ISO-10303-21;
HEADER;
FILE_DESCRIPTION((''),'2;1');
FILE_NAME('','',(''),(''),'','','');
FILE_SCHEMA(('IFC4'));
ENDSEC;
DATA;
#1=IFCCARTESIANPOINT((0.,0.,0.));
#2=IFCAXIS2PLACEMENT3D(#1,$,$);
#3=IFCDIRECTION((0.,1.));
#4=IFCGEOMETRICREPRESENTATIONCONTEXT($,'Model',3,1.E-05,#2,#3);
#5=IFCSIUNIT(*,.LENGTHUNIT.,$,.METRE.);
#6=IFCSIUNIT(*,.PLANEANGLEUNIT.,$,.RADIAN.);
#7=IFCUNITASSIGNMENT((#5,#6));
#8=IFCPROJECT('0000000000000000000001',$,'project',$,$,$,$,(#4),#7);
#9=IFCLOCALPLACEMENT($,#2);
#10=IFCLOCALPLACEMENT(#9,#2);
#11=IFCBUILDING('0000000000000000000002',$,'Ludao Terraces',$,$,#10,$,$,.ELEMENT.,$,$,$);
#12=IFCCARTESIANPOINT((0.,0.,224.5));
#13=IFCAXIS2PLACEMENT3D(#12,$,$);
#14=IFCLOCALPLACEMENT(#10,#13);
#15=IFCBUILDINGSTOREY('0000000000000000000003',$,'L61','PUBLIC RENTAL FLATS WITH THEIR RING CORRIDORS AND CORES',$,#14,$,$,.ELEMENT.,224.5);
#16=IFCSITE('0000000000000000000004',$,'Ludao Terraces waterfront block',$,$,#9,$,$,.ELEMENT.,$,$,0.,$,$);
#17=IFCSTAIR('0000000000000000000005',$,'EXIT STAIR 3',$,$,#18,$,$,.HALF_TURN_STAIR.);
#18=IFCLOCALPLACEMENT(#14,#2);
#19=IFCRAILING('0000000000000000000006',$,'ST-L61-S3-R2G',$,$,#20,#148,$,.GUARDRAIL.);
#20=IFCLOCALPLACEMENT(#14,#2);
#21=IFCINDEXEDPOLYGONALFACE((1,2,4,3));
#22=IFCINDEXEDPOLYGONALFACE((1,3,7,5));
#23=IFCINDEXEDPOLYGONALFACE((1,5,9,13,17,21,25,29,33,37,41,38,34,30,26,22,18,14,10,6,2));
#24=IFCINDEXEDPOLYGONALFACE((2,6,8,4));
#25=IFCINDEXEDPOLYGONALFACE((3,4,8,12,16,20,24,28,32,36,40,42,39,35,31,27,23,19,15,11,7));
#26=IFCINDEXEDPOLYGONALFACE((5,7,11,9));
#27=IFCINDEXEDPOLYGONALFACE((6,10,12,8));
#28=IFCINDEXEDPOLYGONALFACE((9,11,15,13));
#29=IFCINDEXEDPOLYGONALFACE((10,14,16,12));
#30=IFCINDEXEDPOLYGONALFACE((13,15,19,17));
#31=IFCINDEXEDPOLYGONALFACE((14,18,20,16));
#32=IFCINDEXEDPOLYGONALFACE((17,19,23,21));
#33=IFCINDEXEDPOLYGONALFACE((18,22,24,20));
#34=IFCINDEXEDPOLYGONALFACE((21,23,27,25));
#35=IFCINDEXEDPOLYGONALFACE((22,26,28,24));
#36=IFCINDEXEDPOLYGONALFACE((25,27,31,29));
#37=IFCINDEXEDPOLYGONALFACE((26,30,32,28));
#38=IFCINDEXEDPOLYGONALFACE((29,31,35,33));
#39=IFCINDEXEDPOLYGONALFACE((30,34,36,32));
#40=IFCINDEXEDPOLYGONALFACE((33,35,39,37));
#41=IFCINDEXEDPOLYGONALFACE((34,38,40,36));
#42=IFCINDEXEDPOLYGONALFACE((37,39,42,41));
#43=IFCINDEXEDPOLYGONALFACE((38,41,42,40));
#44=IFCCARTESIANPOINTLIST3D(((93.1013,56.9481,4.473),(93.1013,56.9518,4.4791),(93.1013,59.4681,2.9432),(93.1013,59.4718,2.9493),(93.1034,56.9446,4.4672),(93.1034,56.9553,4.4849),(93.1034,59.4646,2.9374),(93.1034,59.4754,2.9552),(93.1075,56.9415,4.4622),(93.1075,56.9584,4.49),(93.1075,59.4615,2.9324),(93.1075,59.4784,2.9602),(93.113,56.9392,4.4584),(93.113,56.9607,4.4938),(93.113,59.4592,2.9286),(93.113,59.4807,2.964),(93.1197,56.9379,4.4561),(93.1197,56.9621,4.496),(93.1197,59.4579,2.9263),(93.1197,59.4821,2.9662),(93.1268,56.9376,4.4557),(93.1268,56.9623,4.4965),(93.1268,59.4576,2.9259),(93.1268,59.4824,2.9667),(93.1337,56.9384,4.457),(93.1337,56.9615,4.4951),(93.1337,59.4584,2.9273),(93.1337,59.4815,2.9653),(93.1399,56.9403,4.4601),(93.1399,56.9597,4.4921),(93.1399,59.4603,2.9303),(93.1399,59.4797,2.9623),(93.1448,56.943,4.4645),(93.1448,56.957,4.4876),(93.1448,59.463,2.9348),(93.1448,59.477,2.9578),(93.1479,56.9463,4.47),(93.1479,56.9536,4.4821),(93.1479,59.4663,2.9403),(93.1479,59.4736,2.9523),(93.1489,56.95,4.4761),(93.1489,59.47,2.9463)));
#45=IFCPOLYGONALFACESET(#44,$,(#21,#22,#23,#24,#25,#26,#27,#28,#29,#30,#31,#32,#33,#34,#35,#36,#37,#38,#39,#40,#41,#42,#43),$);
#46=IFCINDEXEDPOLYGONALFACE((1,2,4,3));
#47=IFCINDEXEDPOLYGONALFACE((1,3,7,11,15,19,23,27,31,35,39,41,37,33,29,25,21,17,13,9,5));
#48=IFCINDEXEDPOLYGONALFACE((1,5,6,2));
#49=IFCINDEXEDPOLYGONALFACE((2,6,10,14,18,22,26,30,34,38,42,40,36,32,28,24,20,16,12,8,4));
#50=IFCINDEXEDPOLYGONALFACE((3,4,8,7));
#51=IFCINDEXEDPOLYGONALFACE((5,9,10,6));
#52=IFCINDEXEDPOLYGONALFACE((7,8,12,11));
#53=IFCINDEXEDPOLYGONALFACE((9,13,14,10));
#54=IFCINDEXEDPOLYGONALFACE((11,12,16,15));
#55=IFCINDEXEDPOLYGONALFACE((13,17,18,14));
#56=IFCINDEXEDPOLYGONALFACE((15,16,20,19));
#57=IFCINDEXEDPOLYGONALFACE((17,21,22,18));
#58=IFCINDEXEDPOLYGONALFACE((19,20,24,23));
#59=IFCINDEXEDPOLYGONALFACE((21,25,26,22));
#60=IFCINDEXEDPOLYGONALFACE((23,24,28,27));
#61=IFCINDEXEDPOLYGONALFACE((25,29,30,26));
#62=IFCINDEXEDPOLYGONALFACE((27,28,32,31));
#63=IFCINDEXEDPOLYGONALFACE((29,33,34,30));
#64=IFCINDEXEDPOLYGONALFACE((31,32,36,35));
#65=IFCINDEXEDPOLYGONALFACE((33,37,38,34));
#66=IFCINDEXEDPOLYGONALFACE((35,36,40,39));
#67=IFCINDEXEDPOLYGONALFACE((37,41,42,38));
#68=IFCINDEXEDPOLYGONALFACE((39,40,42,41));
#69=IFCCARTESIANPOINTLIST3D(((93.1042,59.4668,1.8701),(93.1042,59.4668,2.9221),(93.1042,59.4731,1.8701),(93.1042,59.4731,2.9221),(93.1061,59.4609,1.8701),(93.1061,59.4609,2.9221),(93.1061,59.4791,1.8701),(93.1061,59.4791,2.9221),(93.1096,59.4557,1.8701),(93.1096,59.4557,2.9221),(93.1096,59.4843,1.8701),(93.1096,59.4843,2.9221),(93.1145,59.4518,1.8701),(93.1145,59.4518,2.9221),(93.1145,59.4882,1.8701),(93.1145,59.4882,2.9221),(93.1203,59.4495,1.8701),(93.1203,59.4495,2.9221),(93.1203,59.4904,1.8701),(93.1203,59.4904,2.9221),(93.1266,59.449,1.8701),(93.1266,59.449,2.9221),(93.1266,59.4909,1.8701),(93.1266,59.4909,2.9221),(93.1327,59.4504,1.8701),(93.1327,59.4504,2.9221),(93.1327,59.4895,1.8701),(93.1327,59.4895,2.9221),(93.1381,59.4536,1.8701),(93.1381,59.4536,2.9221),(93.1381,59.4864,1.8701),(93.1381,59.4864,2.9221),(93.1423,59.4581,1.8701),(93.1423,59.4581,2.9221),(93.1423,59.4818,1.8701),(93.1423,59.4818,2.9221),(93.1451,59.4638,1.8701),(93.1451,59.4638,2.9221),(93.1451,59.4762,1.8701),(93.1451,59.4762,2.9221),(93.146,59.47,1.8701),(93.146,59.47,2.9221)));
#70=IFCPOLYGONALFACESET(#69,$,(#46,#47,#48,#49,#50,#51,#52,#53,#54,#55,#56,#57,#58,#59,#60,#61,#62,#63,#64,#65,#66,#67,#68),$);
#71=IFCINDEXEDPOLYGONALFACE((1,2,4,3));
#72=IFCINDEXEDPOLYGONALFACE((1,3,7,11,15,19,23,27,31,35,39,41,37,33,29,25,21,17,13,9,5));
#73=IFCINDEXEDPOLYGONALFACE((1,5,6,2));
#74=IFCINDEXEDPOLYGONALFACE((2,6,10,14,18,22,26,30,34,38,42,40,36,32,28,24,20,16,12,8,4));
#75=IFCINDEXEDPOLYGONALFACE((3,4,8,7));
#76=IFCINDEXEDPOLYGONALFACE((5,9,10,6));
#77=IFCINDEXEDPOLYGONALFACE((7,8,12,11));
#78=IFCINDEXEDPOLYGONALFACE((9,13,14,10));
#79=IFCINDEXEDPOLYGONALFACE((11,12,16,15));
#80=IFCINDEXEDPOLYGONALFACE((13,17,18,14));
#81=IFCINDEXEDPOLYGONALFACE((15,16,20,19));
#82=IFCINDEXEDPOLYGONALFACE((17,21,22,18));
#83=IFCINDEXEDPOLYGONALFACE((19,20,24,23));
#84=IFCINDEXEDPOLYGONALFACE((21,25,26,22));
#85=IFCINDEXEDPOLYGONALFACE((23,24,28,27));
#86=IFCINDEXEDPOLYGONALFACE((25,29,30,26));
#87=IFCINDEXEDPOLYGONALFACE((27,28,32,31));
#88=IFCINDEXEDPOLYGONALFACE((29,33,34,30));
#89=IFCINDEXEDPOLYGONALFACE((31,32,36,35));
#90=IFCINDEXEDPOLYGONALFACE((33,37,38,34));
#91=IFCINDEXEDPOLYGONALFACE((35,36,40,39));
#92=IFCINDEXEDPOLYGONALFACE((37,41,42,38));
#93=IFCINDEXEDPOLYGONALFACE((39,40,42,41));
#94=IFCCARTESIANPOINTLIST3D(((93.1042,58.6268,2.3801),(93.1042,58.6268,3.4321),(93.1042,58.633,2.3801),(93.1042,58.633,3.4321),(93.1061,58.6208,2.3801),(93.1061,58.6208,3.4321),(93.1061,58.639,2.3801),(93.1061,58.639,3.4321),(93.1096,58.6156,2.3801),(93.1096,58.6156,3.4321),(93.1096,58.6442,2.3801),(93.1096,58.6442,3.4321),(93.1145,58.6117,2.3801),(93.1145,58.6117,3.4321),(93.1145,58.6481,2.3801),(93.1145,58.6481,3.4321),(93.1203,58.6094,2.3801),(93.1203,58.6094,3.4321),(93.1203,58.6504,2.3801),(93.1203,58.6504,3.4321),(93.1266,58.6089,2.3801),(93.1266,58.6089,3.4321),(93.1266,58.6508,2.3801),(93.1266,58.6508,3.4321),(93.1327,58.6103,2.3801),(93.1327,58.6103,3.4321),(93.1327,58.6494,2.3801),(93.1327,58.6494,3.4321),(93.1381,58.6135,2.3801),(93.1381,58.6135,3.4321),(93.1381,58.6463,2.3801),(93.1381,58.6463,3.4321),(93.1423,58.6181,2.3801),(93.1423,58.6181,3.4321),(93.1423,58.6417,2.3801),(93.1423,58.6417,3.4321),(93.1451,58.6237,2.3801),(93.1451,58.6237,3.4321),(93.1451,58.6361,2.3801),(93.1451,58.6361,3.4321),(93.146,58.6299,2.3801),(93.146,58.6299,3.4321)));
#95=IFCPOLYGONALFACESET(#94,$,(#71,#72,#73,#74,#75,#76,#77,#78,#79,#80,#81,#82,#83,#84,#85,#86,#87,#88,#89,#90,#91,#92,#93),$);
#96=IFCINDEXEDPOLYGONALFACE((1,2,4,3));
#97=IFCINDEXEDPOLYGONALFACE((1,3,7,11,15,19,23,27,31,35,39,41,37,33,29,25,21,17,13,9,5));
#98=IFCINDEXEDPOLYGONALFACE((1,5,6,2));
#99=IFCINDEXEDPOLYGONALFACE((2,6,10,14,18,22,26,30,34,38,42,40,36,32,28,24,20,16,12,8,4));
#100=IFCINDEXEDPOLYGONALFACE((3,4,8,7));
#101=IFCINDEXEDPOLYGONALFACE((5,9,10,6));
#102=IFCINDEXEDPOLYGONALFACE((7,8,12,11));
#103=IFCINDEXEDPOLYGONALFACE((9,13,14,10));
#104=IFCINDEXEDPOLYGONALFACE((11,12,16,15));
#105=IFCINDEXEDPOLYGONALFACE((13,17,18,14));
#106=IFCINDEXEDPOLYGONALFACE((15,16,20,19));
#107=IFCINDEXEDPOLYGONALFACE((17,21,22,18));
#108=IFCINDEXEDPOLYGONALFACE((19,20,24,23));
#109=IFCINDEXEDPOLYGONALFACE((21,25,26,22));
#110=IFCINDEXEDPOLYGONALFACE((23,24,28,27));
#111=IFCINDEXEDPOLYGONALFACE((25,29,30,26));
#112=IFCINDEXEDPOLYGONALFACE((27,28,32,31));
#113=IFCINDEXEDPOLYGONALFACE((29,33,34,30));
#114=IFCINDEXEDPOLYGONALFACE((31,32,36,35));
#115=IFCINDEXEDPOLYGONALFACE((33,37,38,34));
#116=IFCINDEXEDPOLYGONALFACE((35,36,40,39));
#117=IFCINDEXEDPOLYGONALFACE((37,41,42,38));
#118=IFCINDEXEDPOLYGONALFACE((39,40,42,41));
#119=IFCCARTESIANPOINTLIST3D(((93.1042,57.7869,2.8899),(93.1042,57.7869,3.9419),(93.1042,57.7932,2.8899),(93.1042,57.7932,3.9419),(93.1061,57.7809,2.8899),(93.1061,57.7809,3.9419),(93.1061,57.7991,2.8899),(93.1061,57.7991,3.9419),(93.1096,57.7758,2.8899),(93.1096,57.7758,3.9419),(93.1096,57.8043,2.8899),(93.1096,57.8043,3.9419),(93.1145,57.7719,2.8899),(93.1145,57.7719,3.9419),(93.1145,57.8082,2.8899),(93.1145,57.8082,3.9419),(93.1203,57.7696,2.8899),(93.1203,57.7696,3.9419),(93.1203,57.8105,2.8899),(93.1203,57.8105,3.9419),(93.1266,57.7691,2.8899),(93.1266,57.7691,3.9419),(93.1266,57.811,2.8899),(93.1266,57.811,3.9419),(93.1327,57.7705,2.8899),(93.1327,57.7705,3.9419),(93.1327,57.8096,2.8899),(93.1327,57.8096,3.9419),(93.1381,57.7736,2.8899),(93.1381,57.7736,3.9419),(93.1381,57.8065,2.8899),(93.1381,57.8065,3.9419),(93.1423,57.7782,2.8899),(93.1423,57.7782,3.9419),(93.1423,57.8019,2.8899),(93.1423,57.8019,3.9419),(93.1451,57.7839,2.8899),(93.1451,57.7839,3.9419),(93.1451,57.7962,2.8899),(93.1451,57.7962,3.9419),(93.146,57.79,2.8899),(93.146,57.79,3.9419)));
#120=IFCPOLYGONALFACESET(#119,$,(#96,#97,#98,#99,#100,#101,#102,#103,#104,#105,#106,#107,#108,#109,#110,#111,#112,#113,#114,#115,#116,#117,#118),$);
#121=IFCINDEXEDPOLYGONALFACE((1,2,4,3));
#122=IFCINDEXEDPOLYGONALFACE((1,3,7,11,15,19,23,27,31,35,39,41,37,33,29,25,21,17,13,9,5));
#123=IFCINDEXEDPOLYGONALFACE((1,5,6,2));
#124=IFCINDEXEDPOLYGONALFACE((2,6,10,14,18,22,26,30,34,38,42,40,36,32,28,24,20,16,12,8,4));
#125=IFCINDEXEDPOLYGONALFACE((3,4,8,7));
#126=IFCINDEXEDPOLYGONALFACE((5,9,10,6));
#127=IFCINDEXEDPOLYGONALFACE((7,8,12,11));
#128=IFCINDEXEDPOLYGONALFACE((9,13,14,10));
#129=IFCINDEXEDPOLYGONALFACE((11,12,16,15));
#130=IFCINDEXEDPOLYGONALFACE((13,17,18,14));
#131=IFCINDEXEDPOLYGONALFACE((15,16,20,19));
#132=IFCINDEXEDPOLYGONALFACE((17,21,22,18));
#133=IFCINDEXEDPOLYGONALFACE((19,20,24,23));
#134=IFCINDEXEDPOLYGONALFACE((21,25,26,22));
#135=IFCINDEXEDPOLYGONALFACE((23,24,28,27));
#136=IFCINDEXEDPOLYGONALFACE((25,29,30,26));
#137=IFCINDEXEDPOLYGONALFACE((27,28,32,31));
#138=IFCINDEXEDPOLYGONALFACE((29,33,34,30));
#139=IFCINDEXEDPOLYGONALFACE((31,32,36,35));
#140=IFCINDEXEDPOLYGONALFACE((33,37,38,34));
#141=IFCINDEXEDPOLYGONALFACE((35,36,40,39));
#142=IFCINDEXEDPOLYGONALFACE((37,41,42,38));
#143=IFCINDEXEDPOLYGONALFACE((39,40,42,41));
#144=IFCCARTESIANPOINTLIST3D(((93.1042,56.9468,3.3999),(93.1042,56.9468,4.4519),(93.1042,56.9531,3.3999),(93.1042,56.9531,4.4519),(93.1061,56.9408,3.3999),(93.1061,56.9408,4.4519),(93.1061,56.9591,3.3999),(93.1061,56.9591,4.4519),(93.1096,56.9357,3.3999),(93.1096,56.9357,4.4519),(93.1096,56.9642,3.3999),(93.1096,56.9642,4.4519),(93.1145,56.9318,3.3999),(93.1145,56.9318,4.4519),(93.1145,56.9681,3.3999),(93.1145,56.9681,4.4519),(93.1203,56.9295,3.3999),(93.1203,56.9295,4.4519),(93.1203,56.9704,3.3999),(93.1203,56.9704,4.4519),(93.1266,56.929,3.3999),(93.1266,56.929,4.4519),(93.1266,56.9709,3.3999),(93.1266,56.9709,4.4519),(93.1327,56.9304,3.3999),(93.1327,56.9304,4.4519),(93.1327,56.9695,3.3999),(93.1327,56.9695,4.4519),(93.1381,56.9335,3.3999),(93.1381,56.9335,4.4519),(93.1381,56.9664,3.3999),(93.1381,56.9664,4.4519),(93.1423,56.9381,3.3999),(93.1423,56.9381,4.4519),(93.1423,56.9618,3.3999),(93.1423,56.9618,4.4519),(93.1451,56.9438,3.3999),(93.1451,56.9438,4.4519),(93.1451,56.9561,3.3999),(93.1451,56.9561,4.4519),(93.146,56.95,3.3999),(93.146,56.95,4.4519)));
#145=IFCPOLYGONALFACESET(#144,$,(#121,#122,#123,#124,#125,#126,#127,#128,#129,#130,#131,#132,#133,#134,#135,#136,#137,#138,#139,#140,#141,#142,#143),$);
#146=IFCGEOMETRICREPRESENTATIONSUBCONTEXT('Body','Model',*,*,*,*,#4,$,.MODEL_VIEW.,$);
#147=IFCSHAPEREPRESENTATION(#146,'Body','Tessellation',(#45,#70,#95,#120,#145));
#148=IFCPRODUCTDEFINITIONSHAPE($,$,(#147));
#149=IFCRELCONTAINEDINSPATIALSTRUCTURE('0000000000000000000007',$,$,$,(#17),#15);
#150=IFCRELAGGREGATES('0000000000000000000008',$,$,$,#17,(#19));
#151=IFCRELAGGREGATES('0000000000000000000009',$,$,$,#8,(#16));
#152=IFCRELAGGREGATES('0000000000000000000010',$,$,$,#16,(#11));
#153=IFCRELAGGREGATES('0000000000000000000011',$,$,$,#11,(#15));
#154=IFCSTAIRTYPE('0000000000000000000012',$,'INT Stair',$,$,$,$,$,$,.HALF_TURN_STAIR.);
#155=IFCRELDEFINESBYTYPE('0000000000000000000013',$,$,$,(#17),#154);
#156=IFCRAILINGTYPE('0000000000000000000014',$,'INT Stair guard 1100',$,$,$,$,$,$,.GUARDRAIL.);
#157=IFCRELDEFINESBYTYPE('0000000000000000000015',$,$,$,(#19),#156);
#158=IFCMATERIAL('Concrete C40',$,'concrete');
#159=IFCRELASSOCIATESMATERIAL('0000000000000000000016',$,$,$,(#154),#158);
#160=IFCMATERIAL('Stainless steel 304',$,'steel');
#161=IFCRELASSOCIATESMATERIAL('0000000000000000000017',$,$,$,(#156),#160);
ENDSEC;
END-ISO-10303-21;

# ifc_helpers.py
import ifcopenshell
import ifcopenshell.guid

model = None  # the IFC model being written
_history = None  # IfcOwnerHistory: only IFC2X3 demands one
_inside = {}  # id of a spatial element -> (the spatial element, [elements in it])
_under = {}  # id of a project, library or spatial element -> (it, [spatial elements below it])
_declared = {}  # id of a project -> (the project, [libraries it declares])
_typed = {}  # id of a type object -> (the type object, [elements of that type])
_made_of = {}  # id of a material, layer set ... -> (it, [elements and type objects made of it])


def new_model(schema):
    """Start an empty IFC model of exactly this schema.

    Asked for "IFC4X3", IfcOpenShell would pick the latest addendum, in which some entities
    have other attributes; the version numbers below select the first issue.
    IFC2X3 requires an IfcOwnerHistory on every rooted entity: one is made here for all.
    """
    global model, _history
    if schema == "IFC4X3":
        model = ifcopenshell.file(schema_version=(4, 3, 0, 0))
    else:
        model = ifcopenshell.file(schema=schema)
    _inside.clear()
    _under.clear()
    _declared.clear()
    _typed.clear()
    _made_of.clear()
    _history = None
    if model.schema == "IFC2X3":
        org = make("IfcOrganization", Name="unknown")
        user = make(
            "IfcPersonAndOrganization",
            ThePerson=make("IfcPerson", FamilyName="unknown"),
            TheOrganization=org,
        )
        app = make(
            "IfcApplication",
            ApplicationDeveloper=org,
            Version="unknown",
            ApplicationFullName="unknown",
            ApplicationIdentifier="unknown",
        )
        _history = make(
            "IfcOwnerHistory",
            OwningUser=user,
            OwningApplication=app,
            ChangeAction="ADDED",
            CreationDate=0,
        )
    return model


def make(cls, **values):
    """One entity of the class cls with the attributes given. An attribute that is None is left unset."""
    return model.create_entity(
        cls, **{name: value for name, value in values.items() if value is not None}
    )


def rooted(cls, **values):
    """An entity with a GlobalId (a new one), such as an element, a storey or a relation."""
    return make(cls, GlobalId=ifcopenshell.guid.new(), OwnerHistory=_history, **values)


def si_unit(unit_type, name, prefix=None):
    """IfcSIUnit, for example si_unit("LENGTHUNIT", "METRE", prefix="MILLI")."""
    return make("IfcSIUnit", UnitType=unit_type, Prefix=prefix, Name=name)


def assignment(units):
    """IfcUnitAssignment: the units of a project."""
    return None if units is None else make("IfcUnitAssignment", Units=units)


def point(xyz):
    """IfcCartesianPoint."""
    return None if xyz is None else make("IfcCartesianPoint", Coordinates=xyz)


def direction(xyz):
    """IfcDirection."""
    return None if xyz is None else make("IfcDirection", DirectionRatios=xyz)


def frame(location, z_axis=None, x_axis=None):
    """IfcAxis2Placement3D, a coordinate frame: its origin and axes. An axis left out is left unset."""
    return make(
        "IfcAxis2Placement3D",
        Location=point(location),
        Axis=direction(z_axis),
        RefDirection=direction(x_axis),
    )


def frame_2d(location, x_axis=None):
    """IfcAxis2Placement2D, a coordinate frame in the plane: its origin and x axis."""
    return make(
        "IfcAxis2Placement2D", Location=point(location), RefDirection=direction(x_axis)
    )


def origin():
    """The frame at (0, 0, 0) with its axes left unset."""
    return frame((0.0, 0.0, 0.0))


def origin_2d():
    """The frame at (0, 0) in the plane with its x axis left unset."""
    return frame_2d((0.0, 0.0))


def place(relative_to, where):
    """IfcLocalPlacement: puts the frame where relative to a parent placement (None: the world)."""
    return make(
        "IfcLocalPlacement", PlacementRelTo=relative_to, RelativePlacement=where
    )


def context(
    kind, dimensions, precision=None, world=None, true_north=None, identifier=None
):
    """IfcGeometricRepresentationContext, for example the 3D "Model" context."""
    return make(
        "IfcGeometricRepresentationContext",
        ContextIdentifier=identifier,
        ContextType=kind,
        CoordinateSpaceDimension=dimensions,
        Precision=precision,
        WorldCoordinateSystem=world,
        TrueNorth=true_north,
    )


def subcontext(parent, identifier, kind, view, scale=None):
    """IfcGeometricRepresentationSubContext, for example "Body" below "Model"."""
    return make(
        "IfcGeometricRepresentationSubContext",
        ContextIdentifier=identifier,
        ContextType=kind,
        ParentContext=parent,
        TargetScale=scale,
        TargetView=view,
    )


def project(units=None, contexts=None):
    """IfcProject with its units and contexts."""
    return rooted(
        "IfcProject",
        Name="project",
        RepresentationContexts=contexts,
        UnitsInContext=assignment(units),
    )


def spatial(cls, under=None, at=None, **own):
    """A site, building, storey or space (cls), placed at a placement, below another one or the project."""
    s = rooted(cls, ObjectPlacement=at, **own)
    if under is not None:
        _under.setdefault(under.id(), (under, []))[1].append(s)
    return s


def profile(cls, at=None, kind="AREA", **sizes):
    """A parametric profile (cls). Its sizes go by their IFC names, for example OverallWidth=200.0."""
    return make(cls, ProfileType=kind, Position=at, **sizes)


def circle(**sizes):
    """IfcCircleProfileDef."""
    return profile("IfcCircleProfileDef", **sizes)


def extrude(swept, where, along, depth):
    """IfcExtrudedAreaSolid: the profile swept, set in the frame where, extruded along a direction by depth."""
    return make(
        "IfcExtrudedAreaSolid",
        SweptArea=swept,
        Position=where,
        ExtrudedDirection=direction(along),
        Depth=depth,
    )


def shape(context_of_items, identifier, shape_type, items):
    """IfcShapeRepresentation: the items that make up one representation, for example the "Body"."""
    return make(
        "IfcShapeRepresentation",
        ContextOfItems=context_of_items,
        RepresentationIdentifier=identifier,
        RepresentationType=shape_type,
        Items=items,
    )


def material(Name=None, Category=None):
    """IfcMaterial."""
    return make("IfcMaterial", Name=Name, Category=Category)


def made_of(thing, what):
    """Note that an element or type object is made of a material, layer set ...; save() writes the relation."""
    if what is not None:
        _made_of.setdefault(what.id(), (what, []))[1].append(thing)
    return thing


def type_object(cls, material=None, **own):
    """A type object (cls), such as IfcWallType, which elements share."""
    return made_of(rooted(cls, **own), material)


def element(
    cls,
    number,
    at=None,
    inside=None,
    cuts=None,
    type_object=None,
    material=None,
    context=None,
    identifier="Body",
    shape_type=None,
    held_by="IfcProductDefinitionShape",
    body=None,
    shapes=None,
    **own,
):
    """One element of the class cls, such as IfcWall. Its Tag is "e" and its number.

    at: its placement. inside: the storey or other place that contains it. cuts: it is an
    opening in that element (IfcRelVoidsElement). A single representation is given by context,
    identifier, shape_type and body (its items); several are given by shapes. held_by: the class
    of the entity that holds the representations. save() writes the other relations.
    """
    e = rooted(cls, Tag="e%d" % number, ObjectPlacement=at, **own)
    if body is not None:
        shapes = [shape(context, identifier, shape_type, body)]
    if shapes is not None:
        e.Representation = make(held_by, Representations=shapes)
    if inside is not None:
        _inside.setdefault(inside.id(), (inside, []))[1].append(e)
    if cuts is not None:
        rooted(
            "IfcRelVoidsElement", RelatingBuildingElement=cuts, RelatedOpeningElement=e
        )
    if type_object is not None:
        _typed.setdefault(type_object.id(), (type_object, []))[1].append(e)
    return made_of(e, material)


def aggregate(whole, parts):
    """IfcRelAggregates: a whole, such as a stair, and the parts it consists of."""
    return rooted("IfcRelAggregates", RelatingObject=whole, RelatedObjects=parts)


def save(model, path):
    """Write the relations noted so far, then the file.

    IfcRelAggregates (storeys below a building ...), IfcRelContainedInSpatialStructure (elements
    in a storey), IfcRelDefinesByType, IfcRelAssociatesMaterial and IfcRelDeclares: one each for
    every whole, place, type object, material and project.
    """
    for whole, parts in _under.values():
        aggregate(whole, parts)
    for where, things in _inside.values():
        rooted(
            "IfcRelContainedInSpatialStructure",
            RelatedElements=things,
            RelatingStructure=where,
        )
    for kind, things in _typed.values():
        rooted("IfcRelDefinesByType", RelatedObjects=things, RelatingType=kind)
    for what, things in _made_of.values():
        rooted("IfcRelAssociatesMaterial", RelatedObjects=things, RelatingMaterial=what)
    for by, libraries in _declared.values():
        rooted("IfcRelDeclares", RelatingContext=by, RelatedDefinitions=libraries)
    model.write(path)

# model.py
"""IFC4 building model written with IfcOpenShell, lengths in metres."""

from ifc_helpers import new_model, si_unit, direction, frame, origin, origin_2d, place, context, subcontext, project, spatial, circle, extrude, material, type_object, element, aggregate, save


model = new_model("IFC4")

# Units and contexts
model_context = context("Model", 3, precision=1e-05, world=origin(), true_north=direction((0.0, 1.0)))
body_context = subcontext(model_context, "Body", "Model", "MODEL_VIEW")
ifc_project = project(units=[si_unit("LENGTHUNIT", "METRE"), si_unit("PLANEANGLEUNIT", "RADIAN")], contexts=[model_context])

# Site, building, storey
site_placement = place(None, origin())
site = spatial("IfcSite", under=ifc_project, at=site_placement, Name="Ludao Terraces waterfront block", CompositionType="ELEMENT", RefElevation=0.0)
building_placement = place(site_placement, origin())
building = spatial("IfcBuilding", under=site, at=building_placement, Name="Ludao Terraces", CompositionType="ELEMENT")
storey_placement = place(building_placement, frame((0.0, 0.0, 224.5)))
storey = spatial("IfcBuildingStorey", under=building, at=storey_placement, Name="L61", Description="PUBLIC RENTAL FLATS WITH THEIR RING CORRIDORS AND CORES", CompositionType="ELEMENT", Elevation=224.5)

# Shared definitions
ifc_material_1 = material(Name="Concrete C40", Category="concrete")

# Stair, railing
stair_type = type_object("IfcStairType", Name="INT Stair", PredefinedType="HALF_TURN_STAIR", material=ifc_material_1)
stair_placement = place(storey_placement, origin())
stair = element("IfcStair", 1, at=stair_placement, inside=storey, type_object=stair_type, Name="EXIT STAIR 3", PredefinedType="HALF_TURN_STAIR")
ifc_material_2 = material(Name="Stainless steel 304", Category="steel")
railing_type_1 = type_object("IfcRailingType", Name="INT Stair guard 1100", PredefinedType="GUARDRAIL", material=ifc_material_2)
railing_1_placement = place(storey_placement, frame((93.125, 59.47, 1.8701)))
railing_1 = element("IfcRailing", 2, at=railing_1_placement, type_object=railing_type_1, Name="ST-L61-S3-R2G", PredefinedType="GUARDRAIL", context=body_context, shape_type="SweptSolid", body=[
    extrude(circle(Radius=0.0239, at=origin_2d()), frame((0.0, 0.0, 1.0762), z_axis=(0.0, -0.854822, 0.518922), x_axis=(1.0, 0.0, 0.0)), (0.0, 0.0, 1.0), 2.948),
    extrude(circle(Radius=0.021, at=origin_2d()), origin(), (0.0, 0.0, 1.0), 1.052),
    extrude(circle(Radius=0.021, at=origin_2d()), frame((0.0, -0.8401, 0.51)), (0.0, 0.0, 1.0), 1.052),
    extrude(circle(Radius=0.021, at=origin_2d()), frame((0.0, -1.6799, 1.0198)), (0.0, 0.0, 1.0), 1.052),
    extrude(circle(Radius=0.021, at=origin_2d()), frame((0.0, -2.52, 1.5298)), (0.0, 0.0, 1.0), 1.052),
])
aggregate(stair, [railing_1])

save(model, "model.ifc")
